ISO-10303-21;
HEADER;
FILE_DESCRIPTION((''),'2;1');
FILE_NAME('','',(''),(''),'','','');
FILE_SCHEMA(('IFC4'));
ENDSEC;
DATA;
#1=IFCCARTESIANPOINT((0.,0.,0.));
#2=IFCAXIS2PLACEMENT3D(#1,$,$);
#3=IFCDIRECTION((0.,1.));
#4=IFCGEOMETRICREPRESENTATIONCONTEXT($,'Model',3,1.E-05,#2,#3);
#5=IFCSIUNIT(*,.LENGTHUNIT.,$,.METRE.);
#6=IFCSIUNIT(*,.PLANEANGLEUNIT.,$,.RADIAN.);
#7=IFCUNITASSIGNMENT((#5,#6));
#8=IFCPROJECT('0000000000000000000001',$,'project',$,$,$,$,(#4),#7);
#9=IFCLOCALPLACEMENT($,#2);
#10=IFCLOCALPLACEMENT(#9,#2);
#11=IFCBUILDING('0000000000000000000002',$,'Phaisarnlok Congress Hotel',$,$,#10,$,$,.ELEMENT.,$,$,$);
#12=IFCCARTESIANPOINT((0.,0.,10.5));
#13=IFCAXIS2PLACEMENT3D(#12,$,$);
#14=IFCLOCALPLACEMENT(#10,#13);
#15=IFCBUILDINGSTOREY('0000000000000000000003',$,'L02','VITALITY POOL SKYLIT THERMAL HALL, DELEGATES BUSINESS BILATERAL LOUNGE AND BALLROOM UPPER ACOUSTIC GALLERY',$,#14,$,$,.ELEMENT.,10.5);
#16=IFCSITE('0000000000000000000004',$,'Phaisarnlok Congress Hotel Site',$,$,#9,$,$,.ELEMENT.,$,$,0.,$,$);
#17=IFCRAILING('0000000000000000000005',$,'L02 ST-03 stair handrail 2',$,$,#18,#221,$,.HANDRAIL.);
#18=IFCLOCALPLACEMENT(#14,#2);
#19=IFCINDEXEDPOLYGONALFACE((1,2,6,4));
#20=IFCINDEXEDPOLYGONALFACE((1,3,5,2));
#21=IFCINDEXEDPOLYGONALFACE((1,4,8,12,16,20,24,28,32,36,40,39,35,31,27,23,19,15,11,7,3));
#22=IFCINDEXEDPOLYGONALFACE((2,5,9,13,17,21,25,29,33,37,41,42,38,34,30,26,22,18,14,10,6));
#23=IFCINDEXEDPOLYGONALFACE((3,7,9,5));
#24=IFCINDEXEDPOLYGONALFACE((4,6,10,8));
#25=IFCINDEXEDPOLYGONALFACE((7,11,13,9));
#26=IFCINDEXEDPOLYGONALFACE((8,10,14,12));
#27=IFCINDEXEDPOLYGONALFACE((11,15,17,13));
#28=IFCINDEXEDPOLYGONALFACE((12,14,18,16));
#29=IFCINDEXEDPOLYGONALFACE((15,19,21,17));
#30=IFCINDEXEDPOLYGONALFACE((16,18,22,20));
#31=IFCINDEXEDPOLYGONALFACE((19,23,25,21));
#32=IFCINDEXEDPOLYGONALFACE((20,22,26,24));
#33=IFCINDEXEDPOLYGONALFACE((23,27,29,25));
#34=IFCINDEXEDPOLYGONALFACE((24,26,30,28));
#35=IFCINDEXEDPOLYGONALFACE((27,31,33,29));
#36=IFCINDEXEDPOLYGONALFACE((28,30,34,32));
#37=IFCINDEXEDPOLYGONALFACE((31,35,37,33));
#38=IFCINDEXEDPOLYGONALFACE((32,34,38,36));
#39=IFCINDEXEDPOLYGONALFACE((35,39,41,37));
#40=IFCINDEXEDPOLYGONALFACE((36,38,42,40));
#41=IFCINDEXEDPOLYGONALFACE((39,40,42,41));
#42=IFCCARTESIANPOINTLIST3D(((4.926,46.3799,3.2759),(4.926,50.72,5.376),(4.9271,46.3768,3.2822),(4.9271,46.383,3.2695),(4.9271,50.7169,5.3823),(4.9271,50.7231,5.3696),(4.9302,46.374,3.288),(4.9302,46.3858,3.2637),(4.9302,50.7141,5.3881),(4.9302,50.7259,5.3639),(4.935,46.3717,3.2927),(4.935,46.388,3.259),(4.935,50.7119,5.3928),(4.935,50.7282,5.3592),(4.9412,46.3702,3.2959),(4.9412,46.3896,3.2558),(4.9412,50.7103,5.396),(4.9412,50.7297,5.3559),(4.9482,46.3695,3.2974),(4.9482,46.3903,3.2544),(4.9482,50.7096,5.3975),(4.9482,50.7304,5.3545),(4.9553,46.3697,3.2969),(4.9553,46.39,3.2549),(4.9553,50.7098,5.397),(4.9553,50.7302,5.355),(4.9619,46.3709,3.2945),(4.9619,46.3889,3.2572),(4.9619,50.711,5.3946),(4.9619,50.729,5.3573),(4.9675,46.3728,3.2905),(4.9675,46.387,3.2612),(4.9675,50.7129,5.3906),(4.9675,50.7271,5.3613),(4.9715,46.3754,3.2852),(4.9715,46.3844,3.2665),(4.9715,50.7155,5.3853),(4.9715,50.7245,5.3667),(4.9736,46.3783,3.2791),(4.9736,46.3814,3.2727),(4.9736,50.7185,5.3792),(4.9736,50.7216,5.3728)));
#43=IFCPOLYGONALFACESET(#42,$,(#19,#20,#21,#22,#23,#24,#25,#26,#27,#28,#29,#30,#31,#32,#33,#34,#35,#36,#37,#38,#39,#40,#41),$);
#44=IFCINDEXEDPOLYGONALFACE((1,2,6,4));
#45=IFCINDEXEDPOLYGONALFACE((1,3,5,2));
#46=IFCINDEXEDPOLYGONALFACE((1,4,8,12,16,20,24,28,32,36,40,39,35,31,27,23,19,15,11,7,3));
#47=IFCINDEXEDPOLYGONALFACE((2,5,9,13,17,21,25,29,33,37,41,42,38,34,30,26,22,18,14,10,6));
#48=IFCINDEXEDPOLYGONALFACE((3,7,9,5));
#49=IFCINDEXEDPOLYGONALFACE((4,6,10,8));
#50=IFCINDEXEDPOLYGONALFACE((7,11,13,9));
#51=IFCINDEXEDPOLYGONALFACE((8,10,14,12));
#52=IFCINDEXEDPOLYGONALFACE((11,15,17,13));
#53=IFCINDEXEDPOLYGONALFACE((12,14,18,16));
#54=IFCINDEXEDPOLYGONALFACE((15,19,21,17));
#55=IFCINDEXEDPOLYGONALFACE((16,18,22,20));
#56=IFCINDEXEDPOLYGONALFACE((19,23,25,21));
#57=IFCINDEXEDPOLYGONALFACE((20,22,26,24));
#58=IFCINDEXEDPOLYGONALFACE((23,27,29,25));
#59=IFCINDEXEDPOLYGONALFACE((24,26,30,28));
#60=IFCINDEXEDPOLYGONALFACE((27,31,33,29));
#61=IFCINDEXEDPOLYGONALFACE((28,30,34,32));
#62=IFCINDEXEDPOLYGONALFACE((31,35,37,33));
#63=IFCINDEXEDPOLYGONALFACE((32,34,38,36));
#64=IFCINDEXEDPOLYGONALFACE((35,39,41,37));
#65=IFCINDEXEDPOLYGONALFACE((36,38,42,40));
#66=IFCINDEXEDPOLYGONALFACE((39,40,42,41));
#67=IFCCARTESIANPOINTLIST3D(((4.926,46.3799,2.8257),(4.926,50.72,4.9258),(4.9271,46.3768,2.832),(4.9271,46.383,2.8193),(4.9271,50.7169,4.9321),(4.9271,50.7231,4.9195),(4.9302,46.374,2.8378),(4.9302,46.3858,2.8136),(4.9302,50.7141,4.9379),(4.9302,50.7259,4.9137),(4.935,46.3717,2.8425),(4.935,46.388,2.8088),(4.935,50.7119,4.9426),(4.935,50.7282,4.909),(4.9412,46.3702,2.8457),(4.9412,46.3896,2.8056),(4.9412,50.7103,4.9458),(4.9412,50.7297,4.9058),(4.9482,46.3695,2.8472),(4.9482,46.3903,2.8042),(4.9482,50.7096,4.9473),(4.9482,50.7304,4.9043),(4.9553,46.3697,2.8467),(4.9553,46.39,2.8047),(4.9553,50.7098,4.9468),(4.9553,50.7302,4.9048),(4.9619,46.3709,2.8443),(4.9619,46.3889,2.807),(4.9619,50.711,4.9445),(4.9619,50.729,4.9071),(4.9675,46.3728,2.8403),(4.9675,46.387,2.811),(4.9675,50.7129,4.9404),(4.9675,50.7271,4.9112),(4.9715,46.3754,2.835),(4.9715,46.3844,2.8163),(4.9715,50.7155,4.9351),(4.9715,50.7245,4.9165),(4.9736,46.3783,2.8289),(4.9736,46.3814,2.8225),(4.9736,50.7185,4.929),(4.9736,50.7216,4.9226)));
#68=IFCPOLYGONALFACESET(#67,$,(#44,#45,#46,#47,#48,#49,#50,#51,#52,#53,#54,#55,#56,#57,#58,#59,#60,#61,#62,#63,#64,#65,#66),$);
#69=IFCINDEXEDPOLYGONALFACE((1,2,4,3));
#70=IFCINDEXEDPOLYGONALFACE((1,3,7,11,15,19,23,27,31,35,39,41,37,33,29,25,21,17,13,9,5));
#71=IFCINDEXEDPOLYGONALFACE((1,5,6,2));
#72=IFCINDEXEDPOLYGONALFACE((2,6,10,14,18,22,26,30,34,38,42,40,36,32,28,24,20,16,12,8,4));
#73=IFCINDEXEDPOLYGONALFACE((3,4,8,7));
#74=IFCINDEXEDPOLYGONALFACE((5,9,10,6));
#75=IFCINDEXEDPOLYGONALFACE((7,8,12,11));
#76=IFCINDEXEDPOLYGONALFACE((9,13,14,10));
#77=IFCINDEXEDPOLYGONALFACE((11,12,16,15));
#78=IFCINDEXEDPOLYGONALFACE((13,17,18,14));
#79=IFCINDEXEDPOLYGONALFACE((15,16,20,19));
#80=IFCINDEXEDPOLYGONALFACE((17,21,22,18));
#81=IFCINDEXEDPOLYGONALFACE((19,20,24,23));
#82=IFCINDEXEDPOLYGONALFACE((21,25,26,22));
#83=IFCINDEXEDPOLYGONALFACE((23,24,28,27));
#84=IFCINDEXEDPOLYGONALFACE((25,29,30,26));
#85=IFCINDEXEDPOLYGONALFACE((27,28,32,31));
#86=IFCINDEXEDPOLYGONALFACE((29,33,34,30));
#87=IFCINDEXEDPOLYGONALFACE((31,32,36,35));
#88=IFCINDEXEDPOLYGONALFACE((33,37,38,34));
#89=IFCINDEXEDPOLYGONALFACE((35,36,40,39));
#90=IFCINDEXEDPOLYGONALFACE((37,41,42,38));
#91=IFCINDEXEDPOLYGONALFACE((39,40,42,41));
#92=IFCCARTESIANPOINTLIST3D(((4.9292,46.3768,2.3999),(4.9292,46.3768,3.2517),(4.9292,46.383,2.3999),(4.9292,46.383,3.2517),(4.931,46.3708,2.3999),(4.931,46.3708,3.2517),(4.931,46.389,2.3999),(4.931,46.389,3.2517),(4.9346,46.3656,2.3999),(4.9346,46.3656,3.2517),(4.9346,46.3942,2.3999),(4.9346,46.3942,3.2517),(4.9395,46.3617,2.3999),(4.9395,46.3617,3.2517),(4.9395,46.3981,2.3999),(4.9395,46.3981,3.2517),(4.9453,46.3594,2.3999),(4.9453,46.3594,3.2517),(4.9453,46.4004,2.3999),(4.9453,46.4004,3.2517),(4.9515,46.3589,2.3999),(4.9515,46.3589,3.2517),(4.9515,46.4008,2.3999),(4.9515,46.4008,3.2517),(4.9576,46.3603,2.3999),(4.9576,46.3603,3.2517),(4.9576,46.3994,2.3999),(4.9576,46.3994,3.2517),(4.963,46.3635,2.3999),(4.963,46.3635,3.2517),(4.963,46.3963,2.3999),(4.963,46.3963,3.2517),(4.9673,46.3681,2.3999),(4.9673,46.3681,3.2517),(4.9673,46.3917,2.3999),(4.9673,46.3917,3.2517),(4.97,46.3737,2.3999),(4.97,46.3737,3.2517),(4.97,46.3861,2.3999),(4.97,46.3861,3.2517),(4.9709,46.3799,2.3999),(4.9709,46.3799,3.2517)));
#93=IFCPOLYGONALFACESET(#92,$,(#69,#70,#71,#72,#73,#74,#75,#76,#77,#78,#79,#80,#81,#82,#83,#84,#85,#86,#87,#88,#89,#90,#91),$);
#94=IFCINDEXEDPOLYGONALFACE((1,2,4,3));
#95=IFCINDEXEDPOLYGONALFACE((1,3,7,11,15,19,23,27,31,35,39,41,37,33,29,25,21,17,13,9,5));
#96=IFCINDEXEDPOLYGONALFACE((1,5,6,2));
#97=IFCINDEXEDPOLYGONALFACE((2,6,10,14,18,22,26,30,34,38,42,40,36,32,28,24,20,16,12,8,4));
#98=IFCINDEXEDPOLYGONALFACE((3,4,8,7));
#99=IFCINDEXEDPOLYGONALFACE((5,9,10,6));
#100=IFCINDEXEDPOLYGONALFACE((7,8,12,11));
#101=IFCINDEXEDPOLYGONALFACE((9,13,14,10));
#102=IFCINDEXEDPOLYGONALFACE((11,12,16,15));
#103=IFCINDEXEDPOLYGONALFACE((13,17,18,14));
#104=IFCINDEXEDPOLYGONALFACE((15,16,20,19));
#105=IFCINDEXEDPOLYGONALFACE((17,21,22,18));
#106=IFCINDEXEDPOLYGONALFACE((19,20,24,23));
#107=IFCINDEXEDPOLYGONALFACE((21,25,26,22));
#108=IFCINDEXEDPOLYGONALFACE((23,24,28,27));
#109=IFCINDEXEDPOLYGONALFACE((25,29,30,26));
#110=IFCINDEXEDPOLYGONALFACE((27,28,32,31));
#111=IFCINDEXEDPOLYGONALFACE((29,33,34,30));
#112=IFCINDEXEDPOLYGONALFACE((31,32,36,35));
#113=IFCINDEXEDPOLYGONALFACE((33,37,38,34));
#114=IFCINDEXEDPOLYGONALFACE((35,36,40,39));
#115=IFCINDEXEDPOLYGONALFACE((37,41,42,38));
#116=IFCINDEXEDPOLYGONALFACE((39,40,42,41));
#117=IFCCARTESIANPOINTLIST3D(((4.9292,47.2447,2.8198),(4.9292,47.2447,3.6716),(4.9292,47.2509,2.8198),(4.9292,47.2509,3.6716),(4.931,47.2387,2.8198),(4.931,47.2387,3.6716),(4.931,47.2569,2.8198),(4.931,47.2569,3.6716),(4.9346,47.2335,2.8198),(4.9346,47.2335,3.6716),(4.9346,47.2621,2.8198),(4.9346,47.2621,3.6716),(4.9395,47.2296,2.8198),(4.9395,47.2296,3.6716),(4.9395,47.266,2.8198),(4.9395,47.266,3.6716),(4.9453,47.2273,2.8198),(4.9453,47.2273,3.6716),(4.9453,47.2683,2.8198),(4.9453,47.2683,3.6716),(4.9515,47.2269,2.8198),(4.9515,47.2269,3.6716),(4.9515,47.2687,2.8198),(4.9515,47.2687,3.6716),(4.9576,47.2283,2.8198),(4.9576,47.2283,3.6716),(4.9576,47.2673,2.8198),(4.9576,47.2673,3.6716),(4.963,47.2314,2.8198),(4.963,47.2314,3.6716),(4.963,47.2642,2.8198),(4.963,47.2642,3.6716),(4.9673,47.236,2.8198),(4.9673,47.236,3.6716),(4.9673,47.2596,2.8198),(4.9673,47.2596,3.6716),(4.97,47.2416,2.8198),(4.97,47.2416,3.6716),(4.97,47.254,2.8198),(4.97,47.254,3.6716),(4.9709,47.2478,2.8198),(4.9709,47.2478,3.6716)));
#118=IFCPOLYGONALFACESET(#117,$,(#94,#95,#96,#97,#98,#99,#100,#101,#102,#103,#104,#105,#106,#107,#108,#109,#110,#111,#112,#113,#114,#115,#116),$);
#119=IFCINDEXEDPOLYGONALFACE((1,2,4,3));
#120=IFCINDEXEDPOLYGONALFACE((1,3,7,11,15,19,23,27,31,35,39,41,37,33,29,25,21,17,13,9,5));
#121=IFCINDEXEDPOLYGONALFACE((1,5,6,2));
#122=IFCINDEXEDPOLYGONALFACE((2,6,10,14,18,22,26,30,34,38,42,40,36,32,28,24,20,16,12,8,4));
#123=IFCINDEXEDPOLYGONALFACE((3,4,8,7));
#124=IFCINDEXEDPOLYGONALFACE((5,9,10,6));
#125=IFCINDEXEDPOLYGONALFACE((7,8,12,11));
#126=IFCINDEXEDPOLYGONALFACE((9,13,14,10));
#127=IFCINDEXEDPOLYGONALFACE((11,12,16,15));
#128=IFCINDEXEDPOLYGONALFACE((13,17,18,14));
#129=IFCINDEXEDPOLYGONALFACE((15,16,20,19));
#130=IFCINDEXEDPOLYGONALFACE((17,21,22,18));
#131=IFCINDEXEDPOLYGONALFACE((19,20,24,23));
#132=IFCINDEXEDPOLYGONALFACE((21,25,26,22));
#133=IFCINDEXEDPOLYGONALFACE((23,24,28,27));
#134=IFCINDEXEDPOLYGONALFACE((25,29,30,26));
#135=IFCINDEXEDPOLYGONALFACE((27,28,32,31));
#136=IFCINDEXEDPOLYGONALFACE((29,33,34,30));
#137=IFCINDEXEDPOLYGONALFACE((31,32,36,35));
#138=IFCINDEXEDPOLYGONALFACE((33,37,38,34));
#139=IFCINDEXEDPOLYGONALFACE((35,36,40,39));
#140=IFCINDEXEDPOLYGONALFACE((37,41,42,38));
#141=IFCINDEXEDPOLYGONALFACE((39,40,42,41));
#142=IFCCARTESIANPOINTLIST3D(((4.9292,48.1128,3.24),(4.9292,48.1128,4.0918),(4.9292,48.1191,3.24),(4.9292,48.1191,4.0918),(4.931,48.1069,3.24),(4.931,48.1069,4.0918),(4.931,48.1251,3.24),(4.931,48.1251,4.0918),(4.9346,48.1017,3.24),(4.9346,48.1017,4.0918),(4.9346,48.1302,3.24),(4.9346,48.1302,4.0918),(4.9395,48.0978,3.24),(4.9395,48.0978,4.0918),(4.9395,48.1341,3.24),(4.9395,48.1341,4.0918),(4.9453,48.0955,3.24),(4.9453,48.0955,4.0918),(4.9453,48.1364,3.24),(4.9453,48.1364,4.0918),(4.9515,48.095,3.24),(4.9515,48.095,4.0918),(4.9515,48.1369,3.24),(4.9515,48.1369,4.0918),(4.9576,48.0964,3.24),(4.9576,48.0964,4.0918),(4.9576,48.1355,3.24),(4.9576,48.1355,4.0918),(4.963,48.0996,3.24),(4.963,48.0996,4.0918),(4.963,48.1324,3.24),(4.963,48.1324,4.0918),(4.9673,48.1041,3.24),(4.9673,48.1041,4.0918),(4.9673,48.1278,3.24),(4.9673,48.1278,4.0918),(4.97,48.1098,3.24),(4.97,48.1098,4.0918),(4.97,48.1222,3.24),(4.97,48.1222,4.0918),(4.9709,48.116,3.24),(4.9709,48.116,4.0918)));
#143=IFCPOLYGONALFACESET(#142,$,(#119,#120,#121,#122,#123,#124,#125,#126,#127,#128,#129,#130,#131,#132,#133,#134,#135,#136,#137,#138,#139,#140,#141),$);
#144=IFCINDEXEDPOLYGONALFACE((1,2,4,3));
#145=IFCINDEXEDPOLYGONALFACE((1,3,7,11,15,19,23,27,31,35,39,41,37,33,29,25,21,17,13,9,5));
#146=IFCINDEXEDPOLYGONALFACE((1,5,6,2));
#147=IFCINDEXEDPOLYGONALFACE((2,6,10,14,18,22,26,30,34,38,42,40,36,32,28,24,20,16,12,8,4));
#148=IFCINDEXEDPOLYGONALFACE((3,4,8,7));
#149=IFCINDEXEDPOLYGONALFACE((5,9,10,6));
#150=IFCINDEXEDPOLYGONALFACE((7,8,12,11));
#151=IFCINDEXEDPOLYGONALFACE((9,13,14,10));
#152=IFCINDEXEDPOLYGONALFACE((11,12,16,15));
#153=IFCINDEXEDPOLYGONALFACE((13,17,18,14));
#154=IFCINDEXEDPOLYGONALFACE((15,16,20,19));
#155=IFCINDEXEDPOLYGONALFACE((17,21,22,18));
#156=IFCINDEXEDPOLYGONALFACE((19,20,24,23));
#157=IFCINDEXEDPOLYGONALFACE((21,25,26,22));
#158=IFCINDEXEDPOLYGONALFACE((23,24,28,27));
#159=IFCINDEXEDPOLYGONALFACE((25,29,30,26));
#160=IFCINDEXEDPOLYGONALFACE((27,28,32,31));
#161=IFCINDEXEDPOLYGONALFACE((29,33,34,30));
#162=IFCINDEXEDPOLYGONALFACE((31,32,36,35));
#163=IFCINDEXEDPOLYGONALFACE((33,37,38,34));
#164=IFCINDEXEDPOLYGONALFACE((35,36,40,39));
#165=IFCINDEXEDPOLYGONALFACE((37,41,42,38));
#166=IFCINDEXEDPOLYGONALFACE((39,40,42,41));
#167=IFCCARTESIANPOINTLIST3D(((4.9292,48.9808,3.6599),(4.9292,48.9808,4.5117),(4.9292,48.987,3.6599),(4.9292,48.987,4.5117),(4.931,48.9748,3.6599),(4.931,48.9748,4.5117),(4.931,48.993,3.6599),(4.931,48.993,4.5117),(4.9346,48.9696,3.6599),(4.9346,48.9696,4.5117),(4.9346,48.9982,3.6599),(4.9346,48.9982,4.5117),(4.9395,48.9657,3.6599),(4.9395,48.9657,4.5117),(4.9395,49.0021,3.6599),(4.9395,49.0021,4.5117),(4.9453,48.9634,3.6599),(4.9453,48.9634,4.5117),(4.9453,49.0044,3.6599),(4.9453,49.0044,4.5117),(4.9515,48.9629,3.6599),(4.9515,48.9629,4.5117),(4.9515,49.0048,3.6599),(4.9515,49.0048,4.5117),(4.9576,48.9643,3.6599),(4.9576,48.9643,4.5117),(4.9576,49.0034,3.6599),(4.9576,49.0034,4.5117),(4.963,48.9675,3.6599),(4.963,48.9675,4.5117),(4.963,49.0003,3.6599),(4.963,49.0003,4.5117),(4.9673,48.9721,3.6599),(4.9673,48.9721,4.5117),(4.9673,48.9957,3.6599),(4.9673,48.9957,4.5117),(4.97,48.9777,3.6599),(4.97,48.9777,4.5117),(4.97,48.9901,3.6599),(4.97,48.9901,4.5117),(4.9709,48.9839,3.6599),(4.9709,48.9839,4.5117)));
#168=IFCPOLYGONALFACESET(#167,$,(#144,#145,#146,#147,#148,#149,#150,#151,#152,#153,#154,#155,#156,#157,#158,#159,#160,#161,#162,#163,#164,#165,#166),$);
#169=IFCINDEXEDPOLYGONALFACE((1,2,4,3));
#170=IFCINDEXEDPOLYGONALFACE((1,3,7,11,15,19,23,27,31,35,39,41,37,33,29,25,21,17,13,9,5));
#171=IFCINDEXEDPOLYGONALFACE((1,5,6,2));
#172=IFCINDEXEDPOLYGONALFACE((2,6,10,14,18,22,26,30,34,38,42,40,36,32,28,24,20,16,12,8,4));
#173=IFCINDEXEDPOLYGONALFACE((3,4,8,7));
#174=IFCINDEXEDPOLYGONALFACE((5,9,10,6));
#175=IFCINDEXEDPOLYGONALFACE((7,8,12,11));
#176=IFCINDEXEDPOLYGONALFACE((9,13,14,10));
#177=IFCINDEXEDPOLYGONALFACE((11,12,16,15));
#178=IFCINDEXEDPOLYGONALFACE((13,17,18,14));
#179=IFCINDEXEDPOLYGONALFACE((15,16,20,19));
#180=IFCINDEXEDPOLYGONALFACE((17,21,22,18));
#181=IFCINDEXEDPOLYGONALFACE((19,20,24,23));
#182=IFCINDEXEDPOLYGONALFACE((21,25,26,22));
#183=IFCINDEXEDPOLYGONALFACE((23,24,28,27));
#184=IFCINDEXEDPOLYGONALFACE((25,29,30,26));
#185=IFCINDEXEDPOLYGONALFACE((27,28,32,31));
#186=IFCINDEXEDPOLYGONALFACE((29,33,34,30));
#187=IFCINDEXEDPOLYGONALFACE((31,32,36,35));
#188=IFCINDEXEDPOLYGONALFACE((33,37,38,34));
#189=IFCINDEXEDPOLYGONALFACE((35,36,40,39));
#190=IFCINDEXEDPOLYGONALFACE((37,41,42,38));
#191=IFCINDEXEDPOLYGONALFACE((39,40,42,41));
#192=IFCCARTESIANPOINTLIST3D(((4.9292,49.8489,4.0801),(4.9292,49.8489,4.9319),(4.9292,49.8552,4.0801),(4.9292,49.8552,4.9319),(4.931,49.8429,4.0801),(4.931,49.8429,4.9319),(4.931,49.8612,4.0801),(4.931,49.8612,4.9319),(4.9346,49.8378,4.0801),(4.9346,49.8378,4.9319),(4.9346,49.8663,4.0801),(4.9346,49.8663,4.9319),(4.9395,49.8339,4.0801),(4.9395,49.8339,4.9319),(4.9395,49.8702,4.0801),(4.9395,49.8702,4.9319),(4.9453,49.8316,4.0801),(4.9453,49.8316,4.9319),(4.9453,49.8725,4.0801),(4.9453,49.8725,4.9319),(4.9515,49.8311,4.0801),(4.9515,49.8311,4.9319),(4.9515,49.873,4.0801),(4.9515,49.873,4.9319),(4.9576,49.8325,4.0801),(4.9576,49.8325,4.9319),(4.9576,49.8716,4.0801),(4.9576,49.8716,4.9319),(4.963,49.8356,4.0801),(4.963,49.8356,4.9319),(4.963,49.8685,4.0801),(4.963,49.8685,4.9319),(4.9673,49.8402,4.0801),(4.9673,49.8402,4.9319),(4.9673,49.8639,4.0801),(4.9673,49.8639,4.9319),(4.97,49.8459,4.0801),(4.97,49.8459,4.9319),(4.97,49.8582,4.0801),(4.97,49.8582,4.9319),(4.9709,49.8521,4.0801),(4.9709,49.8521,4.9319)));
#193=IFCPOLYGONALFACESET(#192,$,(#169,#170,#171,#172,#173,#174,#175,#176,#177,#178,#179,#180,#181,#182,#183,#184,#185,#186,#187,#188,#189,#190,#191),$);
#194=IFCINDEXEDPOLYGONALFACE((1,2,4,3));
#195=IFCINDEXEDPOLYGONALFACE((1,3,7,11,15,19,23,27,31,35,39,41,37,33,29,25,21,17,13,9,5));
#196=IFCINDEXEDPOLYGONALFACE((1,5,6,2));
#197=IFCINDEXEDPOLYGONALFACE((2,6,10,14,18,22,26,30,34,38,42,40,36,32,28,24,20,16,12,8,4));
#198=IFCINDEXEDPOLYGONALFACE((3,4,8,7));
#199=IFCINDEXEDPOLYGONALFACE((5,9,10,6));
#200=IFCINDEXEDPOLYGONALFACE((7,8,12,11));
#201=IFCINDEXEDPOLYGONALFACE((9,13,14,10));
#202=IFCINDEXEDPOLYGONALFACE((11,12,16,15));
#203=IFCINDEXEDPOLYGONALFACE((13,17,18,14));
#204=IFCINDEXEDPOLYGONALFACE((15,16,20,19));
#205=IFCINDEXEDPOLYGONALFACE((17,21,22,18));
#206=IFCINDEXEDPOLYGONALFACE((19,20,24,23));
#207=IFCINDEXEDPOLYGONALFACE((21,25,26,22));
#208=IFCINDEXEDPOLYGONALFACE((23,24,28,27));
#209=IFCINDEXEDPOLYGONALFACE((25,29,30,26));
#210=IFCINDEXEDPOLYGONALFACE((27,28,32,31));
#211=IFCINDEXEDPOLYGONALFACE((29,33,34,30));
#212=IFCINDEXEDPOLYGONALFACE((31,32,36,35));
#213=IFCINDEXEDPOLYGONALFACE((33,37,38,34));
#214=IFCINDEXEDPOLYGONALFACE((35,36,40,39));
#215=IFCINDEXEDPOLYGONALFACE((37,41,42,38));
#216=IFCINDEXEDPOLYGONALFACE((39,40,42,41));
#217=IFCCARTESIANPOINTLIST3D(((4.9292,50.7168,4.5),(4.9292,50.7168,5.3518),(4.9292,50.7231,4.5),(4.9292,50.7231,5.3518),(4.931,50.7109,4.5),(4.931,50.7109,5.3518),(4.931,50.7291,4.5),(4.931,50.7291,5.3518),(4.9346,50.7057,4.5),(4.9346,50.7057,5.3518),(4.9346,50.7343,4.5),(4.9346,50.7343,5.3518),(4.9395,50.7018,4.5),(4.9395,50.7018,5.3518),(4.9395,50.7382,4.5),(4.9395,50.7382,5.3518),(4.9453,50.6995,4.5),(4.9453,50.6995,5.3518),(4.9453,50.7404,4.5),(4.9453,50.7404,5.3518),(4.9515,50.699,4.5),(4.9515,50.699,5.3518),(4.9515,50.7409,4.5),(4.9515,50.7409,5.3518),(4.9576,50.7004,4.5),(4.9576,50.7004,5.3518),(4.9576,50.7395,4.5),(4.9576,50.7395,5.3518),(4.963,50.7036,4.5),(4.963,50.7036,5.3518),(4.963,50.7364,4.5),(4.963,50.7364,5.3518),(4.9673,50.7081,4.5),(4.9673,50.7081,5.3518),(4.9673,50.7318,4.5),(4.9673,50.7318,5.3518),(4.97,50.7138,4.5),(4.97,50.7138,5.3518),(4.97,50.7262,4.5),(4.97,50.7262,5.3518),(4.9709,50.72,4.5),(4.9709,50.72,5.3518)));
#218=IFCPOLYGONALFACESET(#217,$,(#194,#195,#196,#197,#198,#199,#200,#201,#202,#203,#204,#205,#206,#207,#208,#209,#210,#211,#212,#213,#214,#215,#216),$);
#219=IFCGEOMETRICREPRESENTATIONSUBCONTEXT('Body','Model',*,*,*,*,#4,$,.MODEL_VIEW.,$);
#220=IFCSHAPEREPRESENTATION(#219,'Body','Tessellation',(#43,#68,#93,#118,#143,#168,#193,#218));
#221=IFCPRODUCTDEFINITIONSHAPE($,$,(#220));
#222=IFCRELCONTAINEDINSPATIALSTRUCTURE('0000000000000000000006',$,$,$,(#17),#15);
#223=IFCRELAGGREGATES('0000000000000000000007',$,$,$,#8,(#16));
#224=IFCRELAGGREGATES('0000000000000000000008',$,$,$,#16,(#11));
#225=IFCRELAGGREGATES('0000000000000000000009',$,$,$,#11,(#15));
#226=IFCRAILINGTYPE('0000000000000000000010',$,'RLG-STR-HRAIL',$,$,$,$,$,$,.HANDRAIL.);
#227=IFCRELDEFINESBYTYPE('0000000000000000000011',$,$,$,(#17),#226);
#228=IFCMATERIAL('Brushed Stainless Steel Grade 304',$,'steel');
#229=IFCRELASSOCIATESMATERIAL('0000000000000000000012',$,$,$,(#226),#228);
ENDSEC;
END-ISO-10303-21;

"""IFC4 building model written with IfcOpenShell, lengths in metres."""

from ifc_helpers import new_model, si_unit, direction, frame, origin, origin_2d, place, context, subcontext, project, spatial, circle, extrude, material, type_object, element, save


model = new_model("IFC4")

# Units and contexts
model_context = context("Model", 3, precision=1e-05, world=origin(), true_north=direction((0.0, 1.0)))
body_context = subcontext(model_context, "Body", "Model", "MODEL_VIEW")
ifc_project = project(units=[si_unit("LENGTHUNIT", "METRE"), si_unit("PLANEANGLEUNIT", "RADIAN")], contexts=[model_context])

# Site, building, storey
site_placement = place(None, origin())
site = spatial("IfcSite", under=ifc_project, at=site_placement, Name="Phaisarnlok Congress Hotel Site", CompositionType="ELEMENT", RefElevation=0.0)
building_placement = place(site_placement, origin())
building = spatial("IfcBuilding", under=site, at=building_placement, Name="Phaisarnlok Congress Hotel", CompositionType="ELEMENT")
storey_placement = place(building_placement, frame((0.0, 0.0, 10.5)))
storey = spatial("IfcBuildingStorey", under=building, at=storey_placement, Name="L02", Description="VITALITY POOL SKYLIT THERMAL HALL, DELEGATES BUSINESS BILATERAL LOUNGE AND BALLROOM UPPER ACOUSTIC GALLERY", CompositionType="ELEMENT", Elevation=10.5)

# Railing
ifc_material_1 = material(Name="Brushed Stainless Steel Grade 304", Category="steel")
railing_type_1 = type_object("IfcRailingType", Name="RLG-STR-HRAIL", PredefinedType="HANDRAIL", material=ifc_material_1)
railing_1_placement = place(storey_placement, frame((4.95, 46.3799, 2.3999)))
element("IfcRailing", 1, at=railing_1_placement, inside=storey, type_object=railing_type_1, Name="L02 ST-03 stair handrail 2", PredefinedType="HANDRAIL", context=body_context, shape_type="SweptSolid", body=[
    extrude(circle(Radius=0.0239, at=origin_2d()), frame((0.0, 0.0, 0.876), z_axis=(0.0, 0.900155, 0.43557), x_axis=(-1.0, 0.0, 0.0)), (0.0, 0.0, 1.0), 4.8215),
    extrude(circle(Radius=0.0239, at=origin_2d()), frame((0.0, 0.0, 0.4258), z_axis=(0.0, 0.900155, 0.43557), x_axis=(-1.0, 0.0, 0.0)), (0.0, 0.0, 1.0), 4.8215),
    extrude(circle(Radius=0.021, at=origin_2d()), origin(), (0.0, 0.0, 1.0), 0.8518),
    extrude(circle(Radius=0.021, at=origin_2d()), frame((0.0, 0.8679, 0.4199)), (0.0, 0.0, 1.0), 0.8518),
    extrude(circle(Radius=0.021, at=origin_2d()), frame((0.0, 1.7361, 0.8401)), (0.0, 0.0, 1.0), 0.8518),
    extrude(circle(Radius=0.021, at=origin_2d()), frame((0.0, 2.604, 1.26)), (0.0, 0.0, 1.0), 0.8518),
    extrude(circle(Radius=0.021, at=origin_2d()), frame((0.0, 3.4722, 1.6802)), (0.0, 0.0, 1.0), 0.8518),
    extrude(circle(Radius=0.021, at=origin_2d()), frame((0.0, 4.3401, 2.1001)), (0.0, 0.0, 1.0), 0.8518),
])

save(model, "model.ifc")
